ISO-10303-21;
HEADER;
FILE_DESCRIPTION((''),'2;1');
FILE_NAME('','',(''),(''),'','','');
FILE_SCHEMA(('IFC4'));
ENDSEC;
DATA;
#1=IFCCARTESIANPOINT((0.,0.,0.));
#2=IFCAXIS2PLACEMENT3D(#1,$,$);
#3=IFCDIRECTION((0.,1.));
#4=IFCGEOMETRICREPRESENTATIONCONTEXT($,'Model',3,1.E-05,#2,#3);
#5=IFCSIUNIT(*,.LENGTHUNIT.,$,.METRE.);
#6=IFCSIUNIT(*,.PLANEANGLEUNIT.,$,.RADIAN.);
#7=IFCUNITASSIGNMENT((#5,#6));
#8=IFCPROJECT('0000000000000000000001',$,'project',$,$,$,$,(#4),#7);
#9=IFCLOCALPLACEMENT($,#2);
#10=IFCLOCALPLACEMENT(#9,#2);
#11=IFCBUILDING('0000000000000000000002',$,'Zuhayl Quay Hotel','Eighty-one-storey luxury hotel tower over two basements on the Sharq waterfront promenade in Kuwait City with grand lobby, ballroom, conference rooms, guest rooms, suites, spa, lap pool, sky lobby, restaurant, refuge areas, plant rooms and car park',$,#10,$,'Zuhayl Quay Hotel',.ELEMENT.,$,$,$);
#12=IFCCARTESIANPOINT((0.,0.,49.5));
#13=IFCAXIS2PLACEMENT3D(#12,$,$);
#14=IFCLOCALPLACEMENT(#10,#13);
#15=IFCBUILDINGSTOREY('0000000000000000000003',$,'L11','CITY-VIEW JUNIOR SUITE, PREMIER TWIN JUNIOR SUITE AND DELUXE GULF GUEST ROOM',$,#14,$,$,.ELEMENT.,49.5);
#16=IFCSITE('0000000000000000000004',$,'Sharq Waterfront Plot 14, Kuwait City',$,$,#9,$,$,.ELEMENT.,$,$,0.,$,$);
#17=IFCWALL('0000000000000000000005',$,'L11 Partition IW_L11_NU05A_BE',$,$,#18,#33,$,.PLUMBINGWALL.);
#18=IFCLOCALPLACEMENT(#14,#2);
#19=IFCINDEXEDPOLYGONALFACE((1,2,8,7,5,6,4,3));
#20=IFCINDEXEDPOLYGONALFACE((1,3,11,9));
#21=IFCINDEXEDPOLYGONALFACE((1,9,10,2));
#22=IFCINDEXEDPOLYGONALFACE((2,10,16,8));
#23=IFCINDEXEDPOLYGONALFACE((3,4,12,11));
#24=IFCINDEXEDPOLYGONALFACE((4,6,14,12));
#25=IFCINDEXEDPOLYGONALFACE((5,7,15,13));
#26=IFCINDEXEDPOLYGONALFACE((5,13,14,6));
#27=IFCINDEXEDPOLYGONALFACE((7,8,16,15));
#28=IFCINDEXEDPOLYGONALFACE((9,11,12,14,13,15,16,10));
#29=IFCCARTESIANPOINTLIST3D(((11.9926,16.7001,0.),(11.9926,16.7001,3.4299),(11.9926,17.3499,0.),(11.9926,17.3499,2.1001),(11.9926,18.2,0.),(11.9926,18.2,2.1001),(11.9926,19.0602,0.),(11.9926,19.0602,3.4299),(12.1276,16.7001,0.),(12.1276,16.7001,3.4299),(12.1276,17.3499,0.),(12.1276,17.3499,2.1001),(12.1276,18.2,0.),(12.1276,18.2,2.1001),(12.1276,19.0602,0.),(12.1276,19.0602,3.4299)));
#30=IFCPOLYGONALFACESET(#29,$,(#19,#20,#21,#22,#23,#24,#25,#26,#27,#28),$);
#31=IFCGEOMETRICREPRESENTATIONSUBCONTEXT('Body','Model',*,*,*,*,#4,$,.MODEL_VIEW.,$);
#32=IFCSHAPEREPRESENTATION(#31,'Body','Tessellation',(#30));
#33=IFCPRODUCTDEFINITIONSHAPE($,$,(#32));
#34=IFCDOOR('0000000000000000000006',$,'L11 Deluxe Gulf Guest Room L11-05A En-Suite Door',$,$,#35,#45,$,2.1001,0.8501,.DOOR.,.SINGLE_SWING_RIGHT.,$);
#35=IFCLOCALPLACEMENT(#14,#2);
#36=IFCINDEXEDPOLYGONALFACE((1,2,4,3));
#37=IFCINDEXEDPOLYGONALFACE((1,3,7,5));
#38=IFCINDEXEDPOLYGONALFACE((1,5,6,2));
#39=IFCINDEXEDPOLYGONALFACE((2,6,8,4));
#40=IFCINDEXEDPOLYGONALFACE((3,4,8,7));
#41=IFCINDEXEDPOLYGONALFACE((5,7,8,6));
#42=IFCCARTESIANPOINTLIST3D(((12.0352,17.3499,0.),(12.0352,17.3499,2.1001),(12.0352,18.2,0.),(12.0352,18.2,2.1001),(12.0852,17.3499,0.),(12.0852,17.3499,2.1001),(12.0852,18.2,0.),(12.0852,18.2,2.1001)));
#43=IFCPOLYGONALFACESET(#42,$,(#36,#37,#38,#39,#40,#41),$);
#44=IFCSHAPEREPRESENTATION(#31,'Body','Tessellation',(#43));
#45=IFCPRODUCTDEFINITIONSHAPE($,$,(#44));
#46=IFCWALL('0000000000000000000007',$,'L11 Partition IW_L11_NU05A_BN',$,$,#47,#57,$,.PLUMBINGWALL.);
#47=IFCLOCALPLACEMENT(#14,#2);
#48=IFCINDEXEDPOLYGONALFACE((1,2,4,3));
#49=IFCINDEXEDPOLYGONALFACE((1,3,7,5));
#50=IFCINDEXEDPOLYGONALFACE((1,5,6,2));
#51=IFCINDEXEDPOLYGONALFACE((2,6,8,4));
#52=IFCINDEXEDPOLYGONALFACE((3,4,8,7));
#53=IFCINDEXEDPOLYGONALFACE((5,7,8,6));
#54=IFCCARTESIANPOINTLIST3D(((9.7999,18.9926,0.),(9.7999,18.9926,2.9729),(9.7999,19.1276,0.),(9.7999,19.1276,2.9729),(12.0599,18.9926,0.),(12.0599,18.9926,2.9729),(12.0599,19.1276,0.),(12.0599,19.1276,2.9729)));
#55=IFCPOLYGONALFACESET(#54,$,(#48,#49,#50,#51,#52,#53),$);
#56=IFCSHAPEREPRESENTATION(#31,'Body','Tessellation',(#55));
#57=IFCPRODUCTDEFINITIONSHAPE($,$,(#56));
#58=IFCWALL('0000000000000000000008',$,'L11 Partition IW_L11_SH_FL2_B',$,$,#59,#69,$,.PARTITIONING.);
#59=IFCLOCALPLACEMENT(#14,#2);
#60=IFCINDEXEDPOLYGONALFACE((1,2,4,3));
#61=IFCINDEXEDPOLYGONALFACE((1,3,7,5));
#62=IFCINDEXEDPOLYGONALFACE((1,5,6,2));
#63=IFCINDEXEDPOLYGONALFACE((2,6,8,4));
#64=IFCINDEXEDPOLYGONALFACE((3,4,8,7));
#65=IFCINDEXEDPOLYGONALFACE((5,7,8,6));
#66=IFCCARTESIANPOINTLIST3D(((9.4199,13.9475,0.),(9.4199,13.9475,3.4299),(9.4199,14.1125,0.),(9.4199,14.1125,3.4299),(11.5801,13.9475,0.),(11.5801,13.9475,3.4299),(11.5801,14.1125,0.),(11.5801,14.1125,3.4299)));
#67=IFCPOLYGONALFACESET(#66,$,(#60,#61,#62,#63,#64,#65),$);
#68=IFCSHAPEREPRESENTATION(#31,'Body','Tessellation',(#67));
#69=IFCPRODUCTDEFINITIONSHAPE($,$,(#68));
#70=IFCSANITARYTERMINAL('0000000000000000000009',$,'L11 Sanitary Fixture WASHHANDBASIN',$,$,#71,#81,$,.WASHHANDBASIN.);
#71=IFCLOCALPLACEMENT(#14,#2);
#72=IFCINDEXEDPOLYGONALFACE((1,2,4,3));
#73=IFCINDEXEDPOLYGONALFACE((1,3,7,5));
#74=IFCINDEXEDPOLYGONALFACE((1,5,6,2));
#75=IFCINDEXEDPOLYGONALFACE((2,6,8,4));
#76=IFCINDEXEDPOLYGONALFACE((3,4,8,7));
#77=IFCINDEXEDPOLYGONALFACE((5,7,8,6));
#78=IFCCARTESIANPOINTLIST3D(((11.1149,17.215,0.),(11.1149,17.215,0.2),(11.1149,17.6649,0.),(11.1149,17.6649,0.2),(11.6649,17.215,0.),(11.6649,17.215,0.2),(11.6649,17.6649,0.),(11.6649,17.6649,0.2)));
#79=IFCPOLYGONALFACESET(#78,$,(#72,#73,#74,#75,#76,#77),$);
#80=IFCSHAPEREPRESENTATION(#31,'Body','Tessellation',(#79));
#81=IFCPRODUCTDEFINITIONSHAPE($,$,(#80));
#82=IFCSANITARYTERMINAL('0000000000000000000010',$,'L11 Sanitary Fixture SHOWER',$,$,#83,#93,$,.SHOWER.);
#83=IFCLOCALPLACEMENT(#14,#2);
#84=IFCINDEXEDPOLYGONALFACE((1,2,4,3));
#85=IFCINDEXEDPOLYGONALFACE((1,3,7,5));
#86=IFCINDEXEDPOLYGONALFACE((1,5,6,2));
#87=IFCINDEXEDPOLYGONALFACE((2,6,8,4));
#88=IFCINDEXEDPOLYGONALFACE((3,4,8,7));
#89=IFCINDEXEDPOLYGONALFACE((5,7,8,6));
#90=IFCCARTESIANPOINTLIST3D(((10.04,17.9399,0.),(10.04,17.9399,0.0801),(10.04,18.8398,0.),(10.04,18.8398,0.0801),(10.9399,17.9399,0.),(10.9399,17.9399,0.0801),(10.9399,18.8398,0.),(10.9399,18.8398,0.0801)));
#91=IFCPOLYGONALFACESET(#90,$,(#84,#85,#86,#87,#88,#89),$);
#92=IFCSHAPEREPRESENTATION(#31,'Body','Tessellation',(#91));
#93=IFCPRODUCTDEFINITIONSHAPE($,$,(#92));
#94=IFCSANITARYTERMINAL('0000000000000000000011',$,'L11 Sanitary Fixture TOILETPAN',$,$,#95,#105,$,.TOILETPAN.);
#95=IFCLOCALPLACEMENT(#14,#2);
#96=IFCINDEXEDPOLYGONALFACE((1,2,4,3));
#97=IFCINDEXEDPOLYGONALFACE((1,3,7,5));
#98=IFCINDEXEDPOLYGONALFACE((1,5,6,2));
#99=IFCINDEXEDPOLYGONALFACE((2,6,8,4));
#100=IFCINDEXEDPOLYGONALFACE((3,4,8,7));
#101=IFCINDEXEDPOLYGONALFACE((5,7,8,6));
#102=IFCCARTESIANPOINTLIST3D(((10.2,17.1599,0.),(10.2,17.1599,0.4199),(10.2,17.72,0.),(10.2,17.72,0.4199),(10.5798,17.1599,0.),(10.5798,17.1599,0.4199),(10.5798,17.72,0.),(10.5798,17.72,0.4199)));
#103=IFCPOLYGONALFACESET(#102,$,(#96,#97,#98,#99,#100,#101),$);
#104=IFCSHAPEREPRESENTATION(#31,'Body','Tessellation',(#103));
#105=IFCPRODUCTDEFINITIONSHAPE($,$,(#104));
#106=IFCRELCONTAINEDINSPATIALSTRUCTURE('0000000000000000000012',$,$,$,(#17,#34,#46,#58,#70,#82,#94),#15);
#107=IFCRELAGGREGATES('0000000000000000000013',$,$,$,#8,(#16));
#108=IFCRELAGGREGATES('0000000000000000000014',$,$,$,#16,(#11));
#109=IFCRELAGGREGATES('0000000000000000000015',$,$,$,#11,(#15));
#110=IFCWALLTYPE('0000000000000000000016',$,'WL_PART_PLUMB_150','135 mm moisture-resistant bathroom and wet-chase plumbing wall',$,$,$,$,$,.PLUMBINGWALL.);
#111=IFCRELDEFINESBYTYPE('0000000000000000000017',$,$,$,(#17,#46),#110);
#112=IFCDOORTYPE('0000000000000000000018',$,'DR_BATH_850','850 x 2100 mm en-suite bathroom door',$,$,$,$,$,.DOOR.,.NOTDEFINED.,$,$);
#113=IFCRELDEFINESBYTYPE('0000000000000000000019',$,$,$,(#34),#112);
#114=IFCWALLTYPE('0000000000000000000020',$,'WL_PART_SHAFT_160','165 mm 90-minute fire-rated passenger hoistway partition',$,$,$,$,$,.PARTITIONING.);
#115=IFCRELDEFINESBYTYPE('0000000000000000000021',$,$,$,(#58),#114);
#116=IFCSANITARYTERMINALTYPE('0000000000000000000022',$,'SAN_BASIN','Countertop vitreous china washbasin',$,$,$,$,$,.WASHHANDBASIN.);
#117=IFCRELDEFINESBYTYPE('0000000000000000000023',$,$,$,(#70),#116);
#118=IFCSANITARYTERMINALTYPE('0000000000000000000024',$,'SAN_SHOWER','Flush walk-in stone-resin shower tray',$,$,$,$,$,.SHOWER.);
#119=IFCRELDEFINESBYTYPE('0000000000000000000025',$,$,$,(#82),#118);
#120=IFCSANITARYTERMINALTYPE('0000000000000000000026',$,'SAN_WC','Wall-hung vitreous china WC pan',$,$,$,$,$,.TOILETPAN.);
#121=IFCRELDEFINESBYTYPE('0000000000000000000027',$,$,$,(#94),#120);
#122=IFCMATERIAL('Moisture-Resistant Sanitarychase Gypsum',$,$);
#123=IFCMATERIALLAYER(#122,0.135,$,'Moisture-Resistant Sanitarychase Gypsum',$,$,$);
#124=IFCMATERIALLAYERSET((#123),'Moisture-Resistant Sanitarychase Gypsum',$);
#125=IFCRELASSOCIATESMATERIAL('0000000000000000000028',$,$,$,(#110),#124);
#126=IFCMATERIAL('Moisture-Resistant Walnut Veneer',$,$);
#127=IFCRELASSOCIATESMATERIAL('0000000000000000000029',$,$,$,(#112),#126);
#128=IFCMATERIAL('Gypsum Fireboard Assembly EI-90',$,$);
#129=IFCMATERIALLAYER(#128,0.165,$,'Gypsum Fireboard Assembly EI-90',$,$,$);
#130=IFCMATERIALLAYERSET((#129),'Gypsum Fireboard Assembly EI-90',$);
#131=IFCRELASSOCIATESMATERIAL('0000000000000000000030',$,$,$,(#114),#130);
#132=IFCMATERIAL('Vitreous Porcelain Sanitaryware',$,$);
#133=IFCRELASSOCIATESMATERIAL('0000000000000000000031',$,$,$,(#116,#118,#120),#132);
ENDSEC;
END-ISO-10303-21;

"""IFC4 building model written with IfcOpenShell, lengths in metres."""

from ifc_helpers import new_model, si_unit, direction, frame, frame_2d, origin, origin_2d, place, context, subcontext, project, spatial, rectangle, extrude, material, layer, layer_set, type_object, element, fill, save


model = new_model("IFC4")

# Units and contexts
model_context = context("Model", 3, precision=1e-05, world=origin(), true_north=direction((0.0, 1.0)))
body_context = subcontext(model_context, "Body", "Model", "MODEL_VIEW")
ifc_project = project(units=[si_unit("LENGTHUNIT", "METRE"), si_unit("PLANEANGLEUNIT", "RADIAN")], contexts=[model_context])

# Site, building, storey
site_placement = place(None, origin())
site = spatial("IfcSite", under=ifc_project, at=site_placement, Name="Sharq Waterfront Plot 14, Kuwait City", CompositionType="ELEMENT", RefElevation=0.0)
building_placement = place(site_placement, origin())
building = spatial("IfcBuilding", under=site, at=building_placement, Name="Zuhayl Quay Hotel", Description="Eighty-one-storey luxury hotel tower over two basements on the Sharq waterfront promenade in Kuwait City with grand lobby, ballroom, conference rooms, guest rooms, suites, spa, lap pool, sky lobby, restaurant, refuge areas, plant rooms and car park", LongName="Zuhayl Quay Hotel", CompositionType="ELEMENT")
storey_placement = place(building_placement, frame((0.0, 0.0, 49.5)))
storey = spatial("IfcBuildingStorey", under=building, at=storey_placement, Name="L11", Description="CITY-VIEW JUNIOR SUITE, PREMIER TWIN JUNIOR SUITE AND DELUXE GULF GUEST ROOM", CompositionType="ELEMENT", Elevation=49.5)

# Wall, opening, door
ifc_material_1 = material(Name="Moisture-Resistant Sanitarychase Gypsum")
ifc_layer_1 = layer(ifc_material_1, 0.135, Name="Moisture-Resistant Sanitarychase Gypsum")
ifc_layer_set_1 = layer_set([ifc_layer_1], Name="Moisture-Resistant Sanitarychase Gypsum")
wall_type_1 = type_object("IfcWallType", Name="WL_PART_PLUMB_150", Description="135 mm moisture-resistant bathroom and wet-chase plumbing wall", PredefinedType="PLUMBINGWALL", material=ifc_layer_set_1)
wall_1_placement = place(storey_placement, frame((12.0601, 16.7, 0.0), z_axis=(0.0, 0.0, 1.0), x_axis=(0.0, 1.0, 0.0)))
wall_1 = element("IfcWall", 1, at=wall_1_placement, inside=storey, type_object=wall_type_1, Name="L11 Partition IW_L11_NU05A_BE", PredefinedType="PLUMBINGWALL", context=body_context, shape_type="SweptSolid", body=[
    extrude(rectangle(XDim=2.3601, YDim=0.135, at=frame_2d((1.1802, 0.0))), origin(), (0.0, 0.0, 1.0), 3.4299),
])
opening_1_placement = place(wall_1_placement, frame((0.6499, 0.0, 0.0)))
opening_1 = element("IfcOpeningElement", 2, at=opening_1_placement, cuts=wall_1, PredefinedType="OPENING", context=body_context, shape_type="SweptSolid", body=[
    extrude(rectangle(XDim=0.8501, YDim=2.1001, at=frame_2d((0.425, 1.05))), frame((0.0, 0.0774, 0.0), z_axis=(0.0, -1.0, 0.0), x_axis=(1.0, 0.0, 0.0)), (0.0, 0.0, 1.0), 0.155),
])
ifc_material_2 = material(Name="Moisture-Resistant Walnut Veneer")
door_type_1 = type_object("IfcDoorType", Name="DR_BATH_850", Description="850 x 2100 mm en-suite bathroom door", OperationType="NOTDEFINED", PredefinedType="DOOR", material=ifc_material_2)
door_1_placement = place(opening_1_placement, origin())
door_1 = element("IfcDoor", 3, at=door_1_placement, inside=storey, type_object=door_type_1, Name="L11 Deluxe Gulf Guest Room L11-05A En-Suite Door", OperationType="SINGLE_SWING_RIGHT", OverallHeight=2.1001, OverallWidth=0.8501, PredefinedType="DOOR", context=body_context, shape_type="SweptSolid", body=[
    extrude(rectangle(XDim=0.8501, YDim=2.1001, at=frame_2d((0.425, 1.05))), frame((0.0, 0.0249, 0.0), z_axis=(0.0, -1.0, 0.0), x_axis=(1.0, 0.0, 0.0)), (0.0, 0.0, 1.0), 0.05),
])
fill(opening_1, door_1)

# Walls
wall_2_placement = place(storey_placement, frame((9.8, 19.0601, 0.0), z_axis=(0.0, 0.0, 1.0), x_axis=(1.0, 0.0, 0.0)))
element("IfcWall", 4, at=wall_2_placement, inside=storey, type_object=wall_type_1, Name="L11 Partition IW_L11_NU05A_BN", PredefinedType="PLUMBINGWALL", context=body_context, shape_type="SweptSolid", body=[
    extrude(rectangle(XDim=2.26, YDim=0.135, at=frame_2d((1.1299, 0.0))), origin(), (0.0, 0.0, 1.0), 2.9729),
])
ifc_material_3 = material(Name="Gypsum Fireboard Assembly EI-90")
ifc_layer_2 = layer(ifc_material_3, 0.165, Name="Gypsum Fireboard Assembly EI-90")
ifc_layer_set_2 = layer_set([ifc_layer_2], Name="Gypsum Fireboard Assembly EI-90")
wall_type_2 = type_object("IfcWallType", Name="WL_PART_SHAFT_160", Description="165 mm 90-minute fire-rated passenger hoistway partition", PredefinedType="PARTITIONING", material=ifc_layer_set_2)
wall_3_placement = place(storey_placement, frame((9.4199, 14.03, 0.0), z_axis=(0.0, 0.0, 1.0), x_axis=(1.0, 0.0, 0.0)))
element("IfcWall", 5, at=wall_3_placement, inside=storey, type_object=wall_type_2, Name="L11 Partition IW_L11_SH_FL2_B", PredefinedType="PARTITIONING", context=body_context, shape_type="SweptSolid", body=[
    extrude(rectangle(XDim=2.1602, YDim=0.165, at=frame_2d((1.0801, 0.0))), origin(), (0.0, 0.0, 1.0), 3.4299),
])

# Sanitary terminals
ifc_material_4 = material(Name="Vitreous Porcelain Sanitaryware")
sanitary_terminal_type_1 = type_object("IfcSanitaryTerminalType", Name="SAN_BASIN", Description="Countertop vitreous china washbasin", PredefinedType="WASHHANDBASIN", material=ifc_material_4)
sanitary_terminal_1_placement = place(storey_placement, frame((11.3899, 17.4399, 0.0), z_axis=(0.0, 0.0, 1.0), x_axis=(1.0, 0.0, 0.0)))
element("IfcSanitaryTerminal", 6, at=sanitary_terminal_1_placement, inside=storey, type_object=sanitary_terminal_type_1, Name="L11 Sanitary Fixture WASHHANDBASIN", PredefinedType="WASHHANDBASIN", context=body_context, shape_type="SweptSolid", body=[
    extrude(rectangle(XDim=0.55, YDim=0.45, at=origin_2d()), origin(), (0.0, 0.0, 1.0), 0.2),
])
sanitary_terminal_type_2 = type_object("IfcSanitaryTerminalType", Name="SAN_SHOWER", Description="Flush walk-in stone-resin shower tray", PredefinedType="SHOWER", material=ifc_material_4)
sanitary_terminal_2_placement = place(storey_placement, frame((10.49, 18.3899, 0.0), z_axis=(0.0, 0.0, 1.0), x_axis=(1.0, 0.0, 0.0)))
element("IfcSanitaryTerminal", 7, at=sanitary_terminal_2_placement, inside=storey, type_object=sanitary_terminal_type_2, Name="L11 Sanitary Fixture SHOWER", PredefinedType="SHOWER", context=body_context, shape_type="SweptSolid", body=[
    extrude(rectangle(XDim=0.8999, YDim=0.8999, at=origin_2d()), origin(), (0.0, 0.0, 1.0), 0.0801),
])
sanitary_terminal_type_3 = type_object("IfcSanitaryTerminalType", Name="SAN_WC", Description="Wall-hung vitreous china WC pan", PredefinedType="TOILETPAN", material=ifc_material_4)
sanitary_terminal_3_placement = place(storey_placement, frame((10.3899, 17.4399, 0.0), z_axis=(0.0, 0.0, 1.0), x_axis=(1.0, 0.0, 0.0)))
element("IfcSanitaryTerminal", 8, at=sanitary_terminal_3_placement, inside=storey, type_object=sanitary_terminal_type_3, Name="L11 Sanitary Fixture TOILETPAN", PredefinedType="TOILETPAN", context=body_context, shape_type="SweptSolid", body=[
    extrude(rectangle(XDim=0.3799, YDim=0.5601, at=origin_2d()), origin(), (0.0, 0.0, 1.0), 0.4199),
])

save(model, "model.ifc")
